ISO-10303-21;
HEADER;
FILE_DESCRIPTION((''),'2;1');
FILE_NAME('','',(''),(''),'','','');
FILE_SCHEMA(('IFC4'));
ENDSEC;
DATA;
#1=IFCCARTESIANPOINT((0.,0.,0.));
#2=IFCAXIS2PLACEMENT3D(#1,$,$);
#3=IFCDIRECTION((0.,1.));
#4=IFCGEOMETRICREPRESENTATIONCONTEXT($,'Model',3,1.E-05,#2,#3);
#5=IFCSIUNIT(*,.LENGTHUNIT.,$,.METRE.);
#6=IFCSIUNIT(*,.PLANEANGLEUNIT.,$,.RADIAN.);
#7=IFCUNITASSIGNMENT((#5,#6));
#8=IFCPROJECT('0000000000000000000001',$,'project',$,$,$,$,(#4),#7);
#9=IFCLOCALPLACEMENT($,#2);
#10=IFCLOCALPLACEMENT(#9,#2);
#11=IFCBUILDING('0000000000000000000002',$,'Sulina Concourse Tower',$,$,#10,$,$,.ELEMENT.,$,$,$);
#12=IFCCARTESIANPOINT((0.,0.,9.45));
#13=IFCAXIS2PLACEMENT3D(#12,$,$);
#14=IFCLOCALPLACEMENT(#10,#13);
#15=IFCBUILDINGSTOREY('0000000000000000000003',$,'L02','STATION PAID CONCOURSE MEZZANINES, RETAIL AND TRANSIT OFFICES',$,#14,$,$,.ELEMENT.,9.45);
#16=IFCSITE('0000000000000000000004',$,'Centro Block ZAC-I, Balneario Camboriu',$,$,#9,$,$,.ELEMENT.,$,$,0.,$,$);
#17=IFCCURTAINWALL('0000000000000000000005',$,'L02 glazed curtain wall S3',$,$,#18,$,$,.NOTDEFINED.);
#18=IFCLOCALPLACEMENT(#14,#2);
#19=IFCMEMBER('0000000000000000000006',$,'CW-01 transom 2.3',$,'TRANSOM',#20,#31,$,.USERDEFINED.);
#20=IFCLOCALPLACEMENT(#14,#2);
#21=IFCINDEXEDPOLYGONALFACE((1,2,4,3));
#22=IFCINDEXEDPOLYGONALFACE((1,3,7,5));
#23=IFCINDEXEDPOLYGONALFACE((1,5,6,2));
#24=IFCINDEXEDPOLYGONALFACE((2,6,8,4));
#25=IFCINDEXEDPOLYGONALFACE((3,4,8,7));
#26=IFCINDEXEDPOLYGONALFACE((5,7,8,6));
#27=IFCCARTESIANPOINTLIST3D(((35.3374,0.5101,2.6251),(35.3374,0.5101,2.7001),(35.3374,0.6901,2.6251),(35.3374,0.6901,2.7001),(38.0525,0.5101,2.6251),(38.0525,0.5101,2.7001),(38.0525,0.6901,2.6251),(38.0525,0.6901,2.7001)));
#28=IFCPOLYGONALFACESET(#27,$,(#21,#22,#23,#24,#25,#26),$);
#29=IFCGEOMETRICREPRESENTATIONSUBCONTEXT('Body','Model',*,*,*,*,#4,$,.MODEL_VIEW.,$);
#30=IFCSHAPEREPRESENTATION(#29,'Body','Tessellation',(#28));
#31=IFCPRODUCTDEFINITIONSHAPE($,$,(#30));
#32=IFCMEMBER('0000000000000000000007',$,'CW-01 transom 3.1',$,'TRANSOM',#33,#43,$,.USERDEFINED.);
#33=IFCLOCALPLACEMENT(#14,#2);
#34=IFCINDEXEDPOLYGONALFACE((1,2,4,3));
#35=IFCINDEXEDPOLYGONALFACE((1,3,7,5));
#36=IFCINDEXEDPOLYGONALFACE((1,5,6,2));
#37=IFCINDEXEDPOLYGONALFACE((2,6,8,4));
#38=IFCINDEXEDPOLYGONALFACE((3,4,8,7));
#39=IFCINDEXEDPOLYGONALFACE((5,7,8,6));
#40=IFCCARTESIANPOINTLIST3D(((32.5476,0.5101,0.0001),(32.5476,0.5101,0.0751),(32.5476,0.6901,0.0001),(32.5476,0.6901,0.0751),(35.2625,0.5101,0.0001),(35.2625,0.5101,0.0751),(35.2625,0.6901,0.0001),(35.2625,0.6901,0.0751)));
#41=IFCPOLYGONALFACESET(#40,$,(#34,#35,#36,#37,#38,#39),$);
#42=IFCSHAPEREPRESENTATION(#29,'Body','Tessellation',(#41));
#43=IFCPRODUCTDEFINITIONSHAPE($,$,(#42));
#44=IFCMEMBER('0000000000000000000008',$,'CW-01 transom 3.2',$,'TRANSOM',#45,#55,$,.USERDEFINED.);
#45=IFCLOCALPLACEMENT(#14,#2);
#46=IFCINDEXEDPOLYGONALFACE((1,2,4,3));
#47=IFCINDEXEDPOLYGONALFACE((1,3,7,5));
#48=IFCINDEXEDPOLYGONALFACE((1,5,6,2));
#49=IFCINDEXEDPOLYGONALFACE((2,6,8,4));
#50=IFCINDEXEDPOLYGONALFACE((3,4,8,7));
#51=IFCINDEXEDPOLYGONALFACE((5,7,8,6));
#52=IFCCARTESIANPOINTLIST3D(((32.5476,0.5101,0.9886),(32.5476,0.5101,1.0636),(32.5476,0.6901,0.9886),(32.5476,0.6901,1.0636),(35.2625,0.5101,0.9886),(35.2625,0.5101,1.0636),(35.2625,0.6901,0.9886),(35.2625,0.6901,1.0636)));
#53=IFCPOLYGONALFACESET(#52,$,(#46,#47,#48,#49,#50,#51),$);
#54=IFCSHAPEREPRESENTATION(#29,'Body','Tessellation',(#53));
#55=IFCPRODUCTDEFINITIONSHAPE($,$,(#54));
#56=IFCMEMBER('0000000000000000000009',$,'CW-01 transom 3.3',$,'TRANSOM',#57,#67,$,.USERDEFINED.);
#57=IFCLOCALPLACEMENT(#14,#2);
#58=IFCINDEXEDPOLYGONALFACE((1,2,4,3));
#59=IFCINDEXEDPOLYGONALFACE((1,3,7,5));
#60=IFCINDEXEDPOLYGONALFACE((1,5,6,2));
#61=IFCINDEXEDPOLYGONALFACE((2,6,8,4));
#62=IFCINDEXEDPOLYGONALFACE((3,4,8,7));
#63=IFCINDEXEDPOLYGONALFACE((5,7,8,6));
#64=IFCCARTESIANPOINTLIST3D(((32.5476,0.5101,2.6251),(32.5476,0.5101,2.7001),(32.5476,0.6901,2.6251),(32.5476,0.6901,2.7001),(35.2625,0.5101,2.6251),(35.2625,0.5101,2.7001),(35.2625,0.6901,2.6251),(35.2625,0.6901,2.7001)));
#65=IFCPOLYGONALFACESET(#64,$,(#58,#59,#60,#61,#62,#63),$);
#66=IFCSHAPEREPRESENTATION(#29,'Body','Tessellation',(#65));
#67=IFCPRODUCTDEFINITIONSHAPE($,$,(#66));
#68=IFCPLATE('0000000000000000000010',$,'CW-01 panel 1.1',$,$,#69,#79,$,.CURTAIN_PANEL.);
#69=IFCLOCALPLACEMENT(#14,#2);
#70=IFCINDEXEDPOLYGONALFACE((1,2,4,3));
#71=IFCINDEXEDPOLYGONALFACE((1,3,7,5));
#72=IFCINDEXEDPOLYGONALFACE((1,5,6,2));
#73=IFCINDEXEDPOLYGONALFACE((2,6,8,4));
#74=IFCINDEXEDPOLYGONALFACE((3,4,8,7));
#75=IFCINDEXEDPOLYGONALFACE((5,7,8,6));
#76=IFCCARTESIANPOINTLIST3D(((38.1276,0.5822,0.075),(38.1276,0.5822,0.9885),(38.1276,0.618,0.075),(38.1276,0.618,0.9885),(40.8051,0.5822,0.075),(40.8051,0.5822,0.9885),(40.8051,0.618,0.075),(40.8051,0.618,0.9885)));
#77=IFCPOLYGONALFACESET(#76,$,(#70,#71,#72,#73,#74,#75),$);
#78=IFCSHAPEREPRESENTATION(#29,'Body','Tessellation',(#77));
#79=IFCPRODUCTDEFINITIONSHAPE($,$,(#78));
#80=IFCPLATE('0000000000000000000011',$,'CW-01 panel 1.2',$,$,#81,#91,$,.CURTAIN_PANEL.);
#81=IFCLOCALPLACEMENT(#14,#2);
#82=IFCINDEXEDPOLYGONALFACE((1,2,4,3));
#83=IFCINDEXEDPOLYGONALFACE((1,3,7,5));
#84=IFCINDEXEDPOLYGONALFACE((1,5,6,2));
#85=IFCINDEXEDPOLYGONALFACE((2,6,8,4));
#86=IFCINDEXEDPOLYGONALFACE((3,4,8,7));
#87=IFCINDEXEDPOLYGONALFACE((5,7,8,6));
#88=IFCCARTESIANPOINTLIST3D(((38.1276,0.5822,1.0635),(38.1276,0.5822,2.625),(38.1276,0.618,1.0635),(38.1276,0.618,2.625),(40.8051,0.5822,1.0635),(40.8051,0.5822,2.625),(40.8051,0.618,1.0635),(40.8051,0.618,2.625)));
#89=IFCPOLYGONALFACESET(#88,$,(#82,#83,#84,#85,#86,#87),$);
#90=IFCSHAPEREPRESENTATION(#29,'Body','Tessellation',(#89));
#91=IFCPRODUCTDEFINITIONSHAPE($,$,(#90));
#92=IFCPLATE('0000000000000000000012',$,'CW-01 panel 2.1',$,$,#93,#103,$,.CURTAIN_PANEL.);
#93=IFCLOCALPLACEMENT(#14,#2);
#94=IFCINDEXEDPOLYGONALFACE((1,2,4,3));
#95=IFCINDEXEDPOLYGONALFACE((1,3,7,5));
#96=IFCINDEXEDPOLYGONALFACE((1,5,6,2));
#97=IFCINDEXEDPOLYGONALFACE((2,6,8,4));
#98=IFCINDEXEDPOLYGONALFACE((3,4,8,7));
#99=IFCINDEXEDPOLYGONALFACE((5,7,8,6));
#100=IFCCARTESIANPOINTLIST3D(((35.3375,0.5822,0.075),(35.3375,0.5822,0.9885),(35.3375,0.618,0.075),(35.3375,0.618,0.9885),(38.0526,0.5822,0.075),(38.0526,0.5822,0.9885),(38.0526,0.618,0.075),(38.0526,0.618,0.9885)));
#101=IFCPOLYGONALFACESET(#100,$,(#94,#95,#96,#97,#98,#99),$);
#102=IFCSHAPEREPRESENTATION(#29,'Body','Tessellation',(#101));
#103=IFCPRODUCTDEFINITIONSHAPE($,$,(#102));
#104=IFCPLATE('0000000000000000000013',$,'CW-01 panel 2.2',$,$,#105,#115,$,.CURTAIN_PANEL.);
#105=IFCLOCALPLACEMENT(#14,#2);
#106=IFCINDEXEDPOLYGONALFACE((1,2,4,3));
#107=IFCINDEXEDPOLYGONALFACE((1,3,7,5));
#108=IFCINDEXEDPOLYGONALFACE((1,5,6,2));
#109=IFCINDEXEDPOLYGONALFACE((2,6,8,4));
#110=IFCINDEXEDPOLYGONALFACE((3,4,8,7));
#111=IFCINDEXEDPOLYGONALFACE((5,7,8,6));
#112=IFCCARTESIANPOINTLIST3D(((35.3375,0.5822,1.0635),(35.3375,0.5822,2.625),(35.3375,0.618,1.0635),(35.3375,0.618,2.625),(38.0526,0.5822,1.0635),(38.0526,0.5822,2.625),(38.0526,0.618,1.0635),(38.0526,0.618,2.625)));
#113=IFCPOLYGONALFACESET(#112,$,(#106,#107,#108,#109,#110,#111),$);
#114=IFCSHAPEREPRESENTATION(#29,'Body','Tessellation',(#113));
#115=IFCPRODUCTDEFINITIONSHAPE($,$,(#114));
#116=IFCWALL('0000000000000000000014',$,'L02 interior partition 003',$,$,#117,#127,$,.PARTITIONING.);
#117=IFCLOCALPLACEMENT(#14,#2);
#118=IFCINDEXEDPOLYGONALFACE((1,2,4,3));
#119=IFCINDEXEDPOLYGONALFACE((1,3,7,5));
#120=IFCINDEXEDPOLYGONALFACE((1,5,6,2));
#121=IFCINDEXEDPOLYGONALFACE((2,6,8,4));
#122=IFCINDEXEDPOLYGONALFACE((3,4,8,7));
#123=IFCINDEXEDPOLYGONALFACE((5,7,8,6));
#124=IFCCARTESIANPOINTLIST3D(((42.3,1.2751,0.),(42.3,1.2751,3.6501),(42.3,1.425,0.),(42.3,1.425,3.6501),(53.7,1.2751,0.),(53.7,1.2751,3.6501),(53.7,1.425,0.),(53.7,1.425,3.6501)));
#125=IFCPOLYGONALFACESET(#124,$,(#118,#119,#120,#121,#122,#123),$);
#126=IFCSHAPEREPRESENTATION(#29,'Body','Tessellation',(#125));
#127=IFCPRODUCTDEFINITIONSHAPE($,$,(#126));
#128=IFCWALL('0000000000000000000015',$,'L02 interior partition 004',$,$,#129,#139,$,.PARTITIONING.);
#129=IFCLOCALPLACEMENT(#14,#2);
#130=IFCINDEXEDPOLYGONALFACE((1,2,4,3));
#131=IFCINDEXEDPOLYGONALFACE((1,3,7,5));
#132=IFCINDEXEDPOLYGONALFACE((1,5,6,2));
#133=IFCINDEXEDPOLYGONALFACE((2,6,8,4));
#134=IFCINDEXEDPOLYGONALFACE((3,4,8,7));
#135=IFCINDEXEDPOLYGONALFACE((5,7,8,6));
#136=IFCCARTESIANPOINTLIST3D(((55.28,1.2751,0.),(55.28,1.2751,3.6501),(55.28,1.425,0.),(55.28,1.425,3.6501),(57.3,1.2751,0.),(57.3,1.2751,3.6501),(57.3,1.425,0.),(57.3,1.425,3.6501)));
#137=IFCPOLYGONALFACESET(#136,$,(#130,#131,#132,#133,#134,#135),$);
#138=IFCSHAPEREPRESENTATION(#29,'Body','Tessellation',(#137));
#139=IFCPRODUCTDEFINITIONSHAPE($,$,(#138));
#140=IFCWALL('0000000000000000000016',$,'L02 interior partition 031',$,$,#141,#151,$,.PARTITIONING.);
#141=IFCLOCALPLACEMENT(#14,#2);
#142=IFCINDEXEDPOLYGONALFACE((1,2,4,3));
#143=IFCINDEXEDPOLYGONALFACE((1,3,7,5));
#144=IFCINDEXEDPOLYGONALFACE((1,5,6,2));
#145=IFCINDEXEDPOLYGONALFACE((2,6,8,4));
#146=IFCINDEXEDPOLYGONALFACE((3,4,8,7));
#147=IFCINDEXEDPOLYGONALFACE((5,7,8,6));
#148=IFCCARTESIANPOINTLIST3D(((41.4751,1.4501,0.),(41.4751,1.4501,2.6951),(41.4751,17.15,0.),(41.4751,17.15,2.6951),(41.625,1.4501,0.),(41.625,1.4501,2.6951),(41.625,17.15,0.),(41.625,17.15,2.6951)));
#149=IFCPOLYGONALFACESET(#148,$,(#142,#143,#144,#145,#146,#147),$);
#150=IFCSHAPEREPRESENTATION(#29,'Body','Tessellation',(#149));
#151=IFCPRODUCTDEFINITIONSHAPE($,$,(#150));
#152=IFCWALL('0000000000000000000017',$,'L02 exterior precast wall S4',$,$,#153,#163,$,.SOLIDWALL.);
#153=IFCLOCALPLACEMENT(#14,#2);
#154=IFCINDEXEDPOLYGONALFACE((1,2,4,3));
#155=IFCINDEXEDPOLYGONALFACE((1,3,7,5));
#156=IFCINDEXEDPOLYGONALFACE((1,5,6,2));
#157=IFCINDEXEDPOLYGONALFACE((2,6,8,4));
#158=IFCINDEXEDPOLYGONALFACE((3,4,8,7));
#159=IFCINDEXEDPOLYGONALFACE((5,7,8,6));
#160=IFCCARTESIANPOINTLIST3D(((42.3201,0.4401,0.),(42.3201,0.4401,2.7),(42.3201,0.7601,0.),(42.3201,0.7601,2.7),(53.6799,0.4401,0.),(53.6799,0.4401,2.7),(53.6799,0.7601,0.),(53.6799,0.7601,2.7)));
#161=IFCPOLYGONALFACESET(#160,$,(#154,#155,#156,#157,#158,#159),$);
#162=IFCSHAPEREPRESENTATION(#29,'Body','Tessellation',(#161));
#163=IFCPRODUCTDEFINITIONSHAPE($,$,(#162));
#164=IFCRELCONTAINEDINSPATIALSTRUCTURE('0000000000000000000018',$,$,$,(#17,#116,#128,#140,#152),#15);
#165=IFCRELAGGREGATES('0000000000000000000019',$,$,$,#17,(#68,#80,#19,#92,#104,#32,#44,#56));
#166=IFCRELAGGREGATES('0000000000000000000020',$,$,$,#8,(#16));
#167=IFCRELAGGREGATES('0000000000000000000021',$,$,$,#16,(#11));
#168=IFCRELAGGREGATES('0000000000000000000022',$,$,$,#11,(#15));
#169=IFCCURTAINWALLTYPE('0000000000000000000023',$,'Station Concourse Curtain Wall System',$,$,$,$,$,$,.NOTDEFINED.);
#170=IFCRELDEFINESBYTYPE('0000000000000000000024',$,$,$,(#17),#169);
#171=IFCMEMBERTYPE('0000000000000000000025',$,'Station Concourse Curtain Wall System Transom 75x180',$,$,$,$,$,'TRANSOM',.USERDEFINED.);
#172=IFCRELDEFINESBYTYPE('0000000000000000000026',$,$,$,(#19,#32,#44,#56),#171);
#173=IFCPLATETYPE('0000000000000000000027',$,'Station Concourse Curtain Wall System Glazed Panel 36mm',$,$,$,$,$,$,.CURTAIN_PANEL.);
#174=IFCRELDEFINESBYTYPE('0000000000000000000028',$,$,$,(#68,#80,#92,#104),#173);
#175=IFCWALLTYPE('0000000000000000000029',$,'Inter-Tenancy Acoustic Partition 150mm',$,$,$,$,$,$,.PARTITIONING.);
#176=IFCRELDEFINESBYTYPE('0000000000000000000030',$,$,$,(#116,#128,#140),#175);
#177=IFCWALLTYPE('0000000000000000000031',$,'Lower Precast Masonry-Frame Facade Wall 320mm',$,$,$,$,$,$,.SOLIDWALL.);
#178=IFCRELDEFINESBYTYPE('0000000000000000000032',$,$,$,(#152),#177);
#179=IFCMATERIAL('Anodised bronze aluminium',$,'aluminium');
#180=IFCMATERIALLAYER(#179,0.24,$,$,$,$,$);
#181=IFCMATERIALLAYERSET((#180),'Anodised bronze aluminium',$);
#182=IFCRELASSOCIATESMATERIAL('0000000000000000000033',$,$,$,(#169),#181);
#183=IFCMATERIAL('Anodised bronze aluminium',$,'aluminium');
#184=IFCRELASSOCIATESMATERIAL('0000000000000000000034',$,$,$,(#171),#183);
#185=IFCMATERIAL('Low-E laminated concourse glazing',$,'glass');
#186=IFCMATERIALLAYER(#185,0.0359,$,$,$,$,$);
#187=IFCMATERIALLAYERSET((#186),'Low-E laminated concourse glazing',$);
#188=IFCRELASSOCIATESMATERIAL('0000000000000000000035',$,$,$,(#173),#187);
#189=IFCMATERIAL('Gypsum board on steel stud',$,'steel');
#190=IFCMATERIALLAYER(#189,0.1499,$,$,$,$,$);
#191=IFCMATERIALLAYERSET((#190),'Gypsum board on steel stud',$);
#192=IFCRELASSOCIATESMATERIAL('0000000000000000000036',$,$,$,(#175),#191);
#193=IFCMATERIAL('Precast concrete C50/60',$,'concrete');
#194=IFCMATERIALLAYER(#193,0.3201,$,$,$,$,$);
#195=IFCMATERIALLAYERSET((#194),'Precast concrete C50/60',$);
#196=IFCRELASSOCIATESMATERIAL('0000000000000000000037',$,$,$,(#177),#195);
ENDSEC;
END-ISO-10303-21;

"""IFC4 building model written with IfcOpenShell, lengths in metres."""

from ifc_helpers import new_model, si_unit, direction, frame, frame_2d, origin, origin_2d, place, context, subcontext, project, spatial, rectangle, extrude, material, layer, layer_set, material_profile, profile_set, type_object, element, aggregate, save


model = new_model("IFC4")

# Units and contexts
model_context = context("Model", 3, precision=1e-05, world=origin(), true_north=direction((0.0, 1.0)))
body_context = subcontext(model_context, "Body", "Model", "MODEL_VIEW")
ifc_project = project(units=[si_unit("LENGTHUNIT", "METRE"), si_unit("PLANEANGLEUNIT", "RADIAN")], contexts=[model_context])

# Site, building, storey
site_placement = place(None, origin())
site = spatial("IfcSite", under=ifc_project, at=site_placement, Name="Centro Block ZAC-I, Balneario Camboriu", CompositionType="ELEMENT", RefElevation=0.0)
building_placement = place(site_placement, origin())
building = spatial("IfcBuilding", under=site, at=building_placement, Name="Sulina Concourse Tower", CompositionType="ELEMENT")
storey_placement = place(building_placement, frame((0.0, 0.0, 9.45)))
storey = spatial("IfcBuildingStorey", under=building, at=storey_placement, Name="L02", Description="STATION PAID CONCOURSE MEZZANINES, RETAIL AND TRANSIT OFFICES", CompositionType="ELEMENT", Elevation=9.45)

# Curtain wall, members, plates
ifc_material_1 = material(Name="Anodised bronze aluminium", Category="aluminium")
ifc_layer_1 = layer(ifc_material_1, 0.24)
ifc_layer_set_1 = layer_set([ifc_layer_1], Name="Anodised bronze aluminium")
curtain_wall_type = type_object("IfcCurtainWallType", Name="Station Concourse Curtain Wall System", PredefinedType="NOTDEFINED", material=ifc_layer_set_1)
curtain_wall_placement = place(storey_placement, origin())
curtain_wall = element("IfcCurtainWall", 1, at=curtain_wall_placement, inside=storey, type_object=curtain_wall_type, Name="L02 glazed curtain wall S3", PredefinedType="NOTDEFINED")
ifc_material_2 = material(Name="Anodised bronze aluminium", Category="aluminium")
ifc_material_profile_1 = material_profile(ifc_material_2, rectangle(XDim=0.1799, YDim=0.075, at=origin_2d()), Name="TRN 75x180")
ifc_profile_set_1 = profile_set([ifc_material_profile_1], Name="Anodised bronze aluminium")
member_type_1 = type_object("IfcMemberType", Name="Station Concourse Curtain Wall System Transom 75x180", ElementType="TRANSOM", PredefinedType="USERDEFINED", material=ifc_profile_set_1)
member_1_placement = place(storey_placement, frame((38.0525, 0.6001, 2.6626), z_axis=(-1.0, 0.0, 0.0), x_axis=(0.0, -1.0, 0.0)))
member_1 = element("IfcMember", 2, at=member_1_placement, type_object=member_type_1, Name="CW-01 transom 2.3", ObjectType="TRANSOM", PredefinedType="USERDEFINED", context=body_context, shape_type="SweptSolid", body=[
    extrude(rectangle(XDim=0.1799, YDim=0.075, at=origin_2d()), origin(), (0.0, 0.0, 1.0), 2.7151),
])
member_2_placement = place(storey_placement, frame((35.2625, 0.6001, 0.0376), z_axis=(-1.0, 0.0, 0.0), x_axis=(0.0, -1.0, 0.0)))
member_2 = element("IfcMember", 3, at=member_2_placement, type_object=member_type_1, Name="CW-01 transom 3.1", ObjectType="TRANSOM", PredefinedType="USERDEFINED", context=body_context, shape_type="SweptSolid", body=[
    extrude(rectangle(XDim=0.1799, YDim=0.075, at=origin_2d()), origin(), (0.0, 0.0, 1.0), 2.7148),
])
member_3_placement = place(storey_placement, frame((35.2625, 0.6001, 1.0261), z_axis=(-1.0, 0.0, 0.0), x_axis=(0.0, -1.0, 0.0)))
member_3 = element("IfcMember", 4, at=member_3_placement, type_object=member_type_1, Name="CW-01 transom 3.2", ObjectType="TRANSOM", PredefinedType="USERDEFINED", context=body_context, shape_type="SweptSolid", body=[
    extrude(rectangle(XDim=0.1799, YDim=0.075, at=origin_2d()), origin(), (0.0, 0.0, 1.0), 2.7148),
])
member_4_placement = place(storey_placement, frame((35.2625, 0.6001, 2.6626), z_axis=(-1.0, 0.0, 0.0), x_axis=(0.0, -1.0, 0.0)))
member_4 = element("IfcMember", 5, at=member_4_placement, type_object=member_type_1, Name="CW-01 transom 3.3", ObjectType="TRANSOM", PredefinedType="USERDEFINED", context=body_context, shape_type="SweptSolid", body=[
    extrude(rectangle(XDim=0.1799, YDim=0.075, at=origin_2d()), origin(), (0.0, 0.0, 1.0), 2.7148),
])
ifc_material_3 = material(Name="Low-E laminated concourse glazing", Category="glass")
ifc_layer_2 = layer(ifc_material_3, 0.0359)
ifc_layer_set_2 = layer_set([ifc_layer_2], Name="Low-E laminated concourse glazing")
plate_type = type_object("IfcPlateType", Name="Station Concourse Curtain Wall System Glazed Panel 36mm", PredefinedType="CURTAIN_PANEL", material=ifc_layer_set_2)
plate_1_placement = place(storey_placement, frame((39.4663, 0.6001, 0.075), z_axis=(0.0, 0.0, 1.0), x_axis=(-1.0, 0.0, 0.0)))
plate_1 = element("IfcPlate", 6, at=plate_1_placement, type_object=plate_type, Name="CW-01 panel 1.1", PredefinedType="CURTAIN_PANEL", context=body_context, shape_type="SweptSolid", body=[
    extrude(rectangle(XDim=2.6775, YDim=0.0359, at=origin_2d()), origin(), (0.0, 0.0, 1.0), 0.9136),
])
plate_2_placement = place(storey_placement, frame((39.4663, 0.6001, 1.0635), z_axis=(0.0, 0.0, 1.0), x_axis=(-1.0, 0.0, 0.0)))
plate_2 = element("IfcPlate", 7, at=plate_2_placement, type_object=plate_type, Name="CW-01 panel 1.2", PredefinedType="CURTAIN_PANEL", context=body_context, shape_type="SweptSolid", body=[
    extrude(rectangle(XDim=2.6775, YDim=0.0359, at=origin_2d()), origin(), (0.0, 0.0, 1.0), 1.5615),
])
plate_3_placement = place(storey_placement, frame((36.6951, 0.6001, 0.075), z_axis=(0.0, 0.0, 1.0), x_axis=(-1.0, 0.0, 0.0)))
plate_3 = element("IfcPlate", 8, at=plate_3_placement, type_object=plate_type, Name="CW-01 panel 2.1", PredefinedType="CURTAIN_PANEL", context=body_context, shape_type="SweptSolid", body=[
    extrude(rectangle(XDim=2.7151, YDim=0.0359, at=origin_2d()), origin(), (0.0, 0.0, 1.0), 0.9136),
])
plate_4_placement = place(storey_placement, frame((36.6951, 0.6001, 1.0635), z_axis=(0.0, 0.0, 1.0), x_axis=(-1.0, 0.0, 0.0)))
plate_4 = element("IfcPlate", 9, at=plate_4_placement, type_object=plate_type, Name="CW-01 panel 2.2", PredefinedType="CURTAIN_PANEL", context=body_context, shape_type="SweptSolid", body=[
    extrude(rectangle(XDim=2.7151, YDim=0.0359, at=origin_2d()), origin(), (0.0, 0.0, 1.0), 1.5615),
])
aggregate(curtain_wall, [plate_1, plate_2, member_1, plate_3, plate_4, member_2, member_3, member_4])

# Walls
ifc_material_4 = material(Name="Gypsum board on steel stud", Category="steel")
ifc_layer_3 = layer(ifc_material_4, 0.1499)
ifc_layer_set_3 = layer_set([ifc_layer_3], Name="Gypsum board on steel stud")
wall_type_1 = type_object("IfcWallType", Name="Inter-Tenancy Acoustic Partition 150mm", PredefinedType="PARTITIONING", material=ifc_layer_set_3)
wall_1_placement = place(storey_placement, frame((42.3, 1.3501, 0.0), z_axis=(0.0, 0.0, 1.0), x_axis=(1.0, 0.0, 0.0)))
element("IfcWall", 10, at=wall_1_placement, inside=storey, type_object=wall_type_1, Name="L02 interior partition 003", PredefinedType="PARTITIONING", context=body_context, shape_type="SweptSolid", body=[
    extrude(rectangle(XDim=11.3999, YDim=0.1499, at=frame_2d((5.7, 0.0))), origin(), (0.0, 0.0, 1.0), 3.6501),
])
wall_2_placement = place(storey_placement, frame((55.28, 1.3501, 0.0), z_axis=(0.0, 0.0, 1.0), x_axis=(1.0, 0.0, 0.0)))
element("IfcWall", 11, at=wall_2_placement, inside=storey, type_object=wall_type_1, Name="L02 interior partition 004", PredefinedType="PARTITIONING", context=body_context, shape_type="SweptSolid", body=[
    extrude(rectangle(XDim=2.02, YDim=0.1499, at=frame_2d((1.01, 0.0))), origin(), (0.0, 0.0, 1.0), 3.6501),
])
wall_3_placement = place(storey_placement, frame((41.55, 1.45, 0.0), z_axis=(0.0, 0.0, 1.0), x_axis=(0.0, 1.0, 0.0)))
element("IfcWall", 12, at=wall_3_placement, inside=storey, type_object=wall_type_1, Name="L02 interior partition 031", PredefinedType="PARTITIONING", context=body_context, shape_type="SweptSolid", body=[
    extrude(rectangle(XDim=15.7, YDim=0.1499, at=frame_2d((7.8501, 0.0))), origin(), (0.0, 0.0, 1.0), 2.6951),
])
ifc_material_5 = material(Name="Precast concrete C50/60", Category="concrete")
ifc_layer_4 = layer(ifc_material_5, 0.3201)
ifc_layer_set_4 = layer_set([ifc_layer_4], Name="Precast concrete C50/60")
wall_type_2 = type_object("IfcWallType", Name="Lower Precast Masonry-Frame Facade Wall 320mm", PredefinedType="SOLIDWALL", material=ifc_layer_set_4)
wall_4_placement = place(storey_placement, frame((53.6799, 0.6001, 0.0), z_axis=(0.0, 0.0, 1.0), x_axis=(-1.0, 0.0, 0.0)))
element("IfcWall", 13, at=wall_4_placement, inside=storey, type_object=wall_type_2, Name="L02 exterior precast wall S4", PredefinedType="SOLIDWALL", context=body_context, shape_type="SweptSolid", body=[
    extrude(rectangle(XDim=11.3599, YDim=0.3201, at=frame_2d((5.6799, 0.0))), origin(), (0.0, 0.0, 1.0), 2.7),
])

save(model, "model.ifc")
